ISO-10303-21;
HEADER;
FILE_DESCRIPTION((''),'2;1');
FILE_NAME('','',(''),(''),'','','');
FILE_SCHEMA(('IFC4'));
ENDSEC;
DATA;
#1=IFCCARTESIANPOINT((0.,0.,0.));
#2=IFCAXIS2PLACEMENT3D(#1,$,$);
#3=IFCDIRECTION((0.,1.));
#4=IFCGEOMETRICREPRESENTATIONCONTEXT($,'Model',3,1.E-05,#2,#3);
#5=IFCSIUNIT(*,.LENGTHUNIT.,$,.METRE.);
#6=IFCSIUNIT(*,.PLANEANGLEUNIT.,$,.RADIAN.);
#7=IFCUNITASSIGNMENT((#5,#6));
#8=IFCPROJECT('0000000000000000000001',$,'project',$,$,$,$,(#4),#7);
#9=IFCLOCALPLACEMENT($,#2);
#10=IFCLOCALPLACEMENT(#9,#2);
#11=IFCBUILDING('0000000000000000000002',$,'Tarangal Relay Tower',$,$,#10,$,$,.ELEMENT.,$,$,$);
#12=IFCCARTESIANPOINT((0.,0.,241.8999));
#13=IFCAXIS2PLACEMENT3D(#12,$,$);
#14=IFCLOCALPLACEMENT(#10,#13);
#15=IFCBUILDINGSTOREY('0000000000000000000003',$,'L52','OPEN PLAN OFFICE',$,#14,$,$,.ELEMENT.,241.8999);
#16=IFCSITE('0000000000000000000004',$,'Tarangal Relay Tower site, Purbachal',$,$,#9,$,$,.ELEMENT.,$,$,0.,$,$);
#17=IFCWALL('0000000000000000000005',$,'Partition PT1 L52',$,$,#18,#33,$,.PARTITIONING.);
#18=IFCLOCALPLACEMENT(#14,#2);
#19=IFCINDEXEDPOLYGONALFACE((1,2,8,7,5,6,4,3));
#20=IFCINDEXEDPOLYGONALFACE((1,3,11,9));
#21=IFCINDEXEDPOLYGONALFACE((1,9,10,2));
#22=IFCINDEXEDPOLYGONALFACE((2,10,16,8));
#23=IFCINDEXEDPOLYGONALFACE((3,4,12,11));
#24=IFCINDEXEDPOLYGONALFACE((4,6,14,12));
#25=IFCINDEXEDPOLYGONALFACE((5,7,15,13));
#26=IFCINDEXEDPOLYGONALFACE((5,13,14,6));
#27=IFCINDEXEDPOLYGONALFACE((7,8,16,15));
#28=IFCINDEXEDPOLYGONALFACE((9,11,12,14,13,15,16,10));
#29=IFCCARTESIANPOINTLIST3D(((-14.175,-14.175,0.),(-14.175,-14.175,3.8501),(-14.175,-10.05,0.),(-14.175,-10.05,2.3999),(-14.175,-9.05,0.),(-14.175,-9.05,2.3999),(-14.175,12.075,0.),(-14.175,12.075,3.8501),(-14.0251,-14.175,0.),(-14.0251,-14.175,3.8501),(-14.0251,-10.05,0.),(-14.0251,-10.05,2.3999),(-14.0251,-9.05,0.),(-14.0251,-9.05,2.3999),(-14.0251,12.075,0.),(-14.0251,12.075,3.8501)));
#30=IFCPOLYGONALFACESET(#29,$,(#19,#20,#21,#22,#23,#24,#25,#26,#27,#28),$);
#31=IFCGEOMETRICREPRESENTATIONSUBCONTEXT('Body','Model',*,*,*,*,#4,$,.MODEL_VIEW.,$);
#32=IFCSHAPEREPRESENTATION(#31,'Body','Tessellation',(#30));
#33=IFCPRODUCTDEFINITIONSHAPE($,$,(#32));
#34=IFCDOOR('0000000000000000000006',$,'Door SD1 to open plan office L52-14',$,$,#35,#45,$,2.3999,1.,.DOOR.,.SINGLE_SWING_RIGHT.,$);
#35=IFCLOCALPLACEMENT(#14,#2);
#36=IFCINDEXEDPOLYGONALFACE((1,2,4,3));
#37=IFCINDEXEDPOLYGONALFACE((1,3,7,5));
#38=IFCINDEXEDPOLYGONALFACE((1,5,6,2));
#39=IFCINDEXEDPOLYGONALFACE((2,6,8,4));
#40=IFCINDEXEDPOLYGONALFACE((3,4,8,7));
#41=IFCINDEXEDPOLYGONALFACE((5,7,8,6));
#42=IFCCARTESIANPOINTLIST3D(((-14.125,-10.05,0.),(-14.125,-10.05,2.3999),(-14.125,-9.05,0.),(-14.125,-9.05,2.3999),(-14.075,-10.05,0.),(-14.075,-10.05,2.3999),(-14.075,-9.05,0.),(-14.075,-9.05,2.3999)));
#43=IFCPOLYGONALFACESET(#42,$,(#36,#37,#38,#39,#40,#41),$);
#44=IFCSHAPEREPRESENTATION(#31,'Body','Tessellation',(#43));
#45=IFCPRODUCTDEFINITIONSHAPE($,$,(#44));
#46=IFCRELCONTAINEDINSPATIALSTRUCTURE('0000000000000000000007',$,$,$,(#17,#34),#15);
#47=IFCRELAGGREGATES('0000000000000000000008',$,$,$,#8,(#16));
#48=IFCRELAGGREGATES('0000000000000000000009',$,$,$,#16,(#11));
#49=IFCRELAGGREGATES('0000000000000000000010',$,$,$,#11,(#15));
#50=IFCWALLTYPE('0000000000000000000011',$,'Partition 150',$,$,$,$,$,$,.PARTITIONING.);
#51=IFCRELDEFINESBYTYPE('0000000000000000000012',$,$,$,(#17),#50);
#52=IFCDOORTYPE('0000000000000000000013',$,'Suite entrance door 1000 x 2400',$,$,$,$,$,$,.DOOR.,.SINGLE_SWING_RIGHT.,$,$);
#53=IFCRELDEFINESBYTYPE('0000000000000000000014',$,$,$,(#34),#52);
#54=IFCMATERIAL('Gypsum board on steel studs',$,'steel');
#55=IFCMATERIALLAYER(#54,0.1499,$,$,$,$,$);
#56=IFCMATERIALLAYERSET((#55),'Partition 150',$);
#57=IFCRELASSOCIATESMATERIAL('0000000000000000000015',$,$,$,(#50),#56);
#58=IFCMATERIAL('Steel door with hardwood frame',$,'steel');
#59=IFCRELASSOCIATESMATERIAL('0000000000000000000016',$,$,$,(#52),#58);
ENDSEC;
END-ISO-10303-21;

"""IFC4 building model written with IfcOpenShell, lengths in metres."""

from ifc_helpers import new_model, si_unit, direction, frame, frame_2d, origin, place, context, subcontext, project, spatial, rectangle, extrude, material, layer, layer_set, type_object, element, fill, save


model = new_model("IFC4")

# Units and contexts
model_context = context("Model", 3, precision=1e-05, world=origin(), true_north=direction((0.0, 1.0)))
body_context = subcontext(model_context, "Body", "Model", "MODEL_VIEW")
ifc_project = project(units=[si_unit("LENGTHUNIT", "METRE"), si_unit("PLANEANGLEUNIT", "RADIAN")], contexts=[model_context])

# Site, building, storey
site_placement = place(None, origin())
site = spatial("IfcSite", under=ifc_project, at=site_placement, Name="Tarangal Relay Tower site, Purbachal", CompositionType="ELEMENT", RefElevation=0.0)
building_placement = place(site_placement, origin())
building = spatial("IfcBuilding", under=site, at=building_placement, Name="Tarangal Relay Tower", CompositionType="ELEMENT")
storey_placement = place(building_placement, frame((0.0, 0.0, 241.8999)))
storey = spatial("IfcBuildingStorey", under=building, at=storey_placement, Name="L52", Description="OPEN PLAN OFFICE", CompositionType="ELEMENT", Elevation=241.8999)

# Shared definitions
ifc_material_1 = material(Name="Gypsum board on steel studs", Category="steel")
ifc_layer_1 = layer(ifc_material_1, 0.1499)
ifc_layer_set_1 = layer_set([ifc_layer_1], Name="Partition 150")
wall_type_1 = type_object("IfcWallType", Name="Partition 150", PredefinedType="PARTITIONING", material=ifc_layer_set_1)

# Wall, opening, door
wall_1_placement = place(storey_placement, frame((-14.1001, -14.175, 0.0), z_axis=(0.0, 0.0, 1.0), x_axis=(0.0, 1.0, 0.0)))
wall_1 = element("IfcWall", 1, at=wall_1_placement, inside=storey, type_object=wall_type_1, Name="Partition PT1 L52", PredefinedType="PARTITIONING", context=body_context, shape_type="SweptSolid", body=[
    extrude(rectangle(XDim=26.25, YDim=0.1499, at=frame_2d((13.125, 0.0))), origin(), (0.0, 0.0, 1.0), 3.8501),
])
opening_1_placement = place(wall_1_placement, frame((4.125, 0.0, 0.0)))
opening_1 = element("IfcOpeningElement", 2, at=opening_1_placement, cuts=wall_1, PredefinedType="OPENING", context=body_context, shape_type="SweptSolid", body=[
    extrude(rectangle(XDim=1.0, YDim=2.3999, at=frame_2d((0.5, 1.2))), frame((0.0, 0.085, 0.0), z_axis=(0.0, -1.0, 0.0), x_axis=(1.0, 0.0, 0.0)), (0.0, 0.0, 1.0), 0.1699),
])
ifc_material_2 = material(Name="Steel door with hardwood frame", Category="steel")
door_type_1 = type_object("IfcDoorType", Name="Suite entrance door 1000 x 2400", OperationType="SINGLE_SWING_RIGHT", PredefinedType="DOOR", material=ifc_material_2)
door_1_placement = place(opening_1_placement, origin())
door_1 = element("IfcDoor", 3, at=door_1_placement, inside=storey, type_object=door_type_1, Name="Door SD1 to open plan office L52-14", OperationType="SINGLE_SWING_RIGHT", OverallHeight=2.3999, OverallWidth=1.0, PredefinedType="DOOR", context=body_context, shape_type="SweptSolid", body=[
    extrude(rectangle(XDim=1.0, YDim=2.3999, at=frame_2d((0.5, 1.2))), frame((0.0, 0.0249, 0.0), z_axis=(0.0, -1.0, 0.0), x_axis=(1.0, 0.0, 0.0)), (0.0, 0.0, 1.0), 0.05),
])
fill(opening_1, door_1)

save(model, "model.ifc")
